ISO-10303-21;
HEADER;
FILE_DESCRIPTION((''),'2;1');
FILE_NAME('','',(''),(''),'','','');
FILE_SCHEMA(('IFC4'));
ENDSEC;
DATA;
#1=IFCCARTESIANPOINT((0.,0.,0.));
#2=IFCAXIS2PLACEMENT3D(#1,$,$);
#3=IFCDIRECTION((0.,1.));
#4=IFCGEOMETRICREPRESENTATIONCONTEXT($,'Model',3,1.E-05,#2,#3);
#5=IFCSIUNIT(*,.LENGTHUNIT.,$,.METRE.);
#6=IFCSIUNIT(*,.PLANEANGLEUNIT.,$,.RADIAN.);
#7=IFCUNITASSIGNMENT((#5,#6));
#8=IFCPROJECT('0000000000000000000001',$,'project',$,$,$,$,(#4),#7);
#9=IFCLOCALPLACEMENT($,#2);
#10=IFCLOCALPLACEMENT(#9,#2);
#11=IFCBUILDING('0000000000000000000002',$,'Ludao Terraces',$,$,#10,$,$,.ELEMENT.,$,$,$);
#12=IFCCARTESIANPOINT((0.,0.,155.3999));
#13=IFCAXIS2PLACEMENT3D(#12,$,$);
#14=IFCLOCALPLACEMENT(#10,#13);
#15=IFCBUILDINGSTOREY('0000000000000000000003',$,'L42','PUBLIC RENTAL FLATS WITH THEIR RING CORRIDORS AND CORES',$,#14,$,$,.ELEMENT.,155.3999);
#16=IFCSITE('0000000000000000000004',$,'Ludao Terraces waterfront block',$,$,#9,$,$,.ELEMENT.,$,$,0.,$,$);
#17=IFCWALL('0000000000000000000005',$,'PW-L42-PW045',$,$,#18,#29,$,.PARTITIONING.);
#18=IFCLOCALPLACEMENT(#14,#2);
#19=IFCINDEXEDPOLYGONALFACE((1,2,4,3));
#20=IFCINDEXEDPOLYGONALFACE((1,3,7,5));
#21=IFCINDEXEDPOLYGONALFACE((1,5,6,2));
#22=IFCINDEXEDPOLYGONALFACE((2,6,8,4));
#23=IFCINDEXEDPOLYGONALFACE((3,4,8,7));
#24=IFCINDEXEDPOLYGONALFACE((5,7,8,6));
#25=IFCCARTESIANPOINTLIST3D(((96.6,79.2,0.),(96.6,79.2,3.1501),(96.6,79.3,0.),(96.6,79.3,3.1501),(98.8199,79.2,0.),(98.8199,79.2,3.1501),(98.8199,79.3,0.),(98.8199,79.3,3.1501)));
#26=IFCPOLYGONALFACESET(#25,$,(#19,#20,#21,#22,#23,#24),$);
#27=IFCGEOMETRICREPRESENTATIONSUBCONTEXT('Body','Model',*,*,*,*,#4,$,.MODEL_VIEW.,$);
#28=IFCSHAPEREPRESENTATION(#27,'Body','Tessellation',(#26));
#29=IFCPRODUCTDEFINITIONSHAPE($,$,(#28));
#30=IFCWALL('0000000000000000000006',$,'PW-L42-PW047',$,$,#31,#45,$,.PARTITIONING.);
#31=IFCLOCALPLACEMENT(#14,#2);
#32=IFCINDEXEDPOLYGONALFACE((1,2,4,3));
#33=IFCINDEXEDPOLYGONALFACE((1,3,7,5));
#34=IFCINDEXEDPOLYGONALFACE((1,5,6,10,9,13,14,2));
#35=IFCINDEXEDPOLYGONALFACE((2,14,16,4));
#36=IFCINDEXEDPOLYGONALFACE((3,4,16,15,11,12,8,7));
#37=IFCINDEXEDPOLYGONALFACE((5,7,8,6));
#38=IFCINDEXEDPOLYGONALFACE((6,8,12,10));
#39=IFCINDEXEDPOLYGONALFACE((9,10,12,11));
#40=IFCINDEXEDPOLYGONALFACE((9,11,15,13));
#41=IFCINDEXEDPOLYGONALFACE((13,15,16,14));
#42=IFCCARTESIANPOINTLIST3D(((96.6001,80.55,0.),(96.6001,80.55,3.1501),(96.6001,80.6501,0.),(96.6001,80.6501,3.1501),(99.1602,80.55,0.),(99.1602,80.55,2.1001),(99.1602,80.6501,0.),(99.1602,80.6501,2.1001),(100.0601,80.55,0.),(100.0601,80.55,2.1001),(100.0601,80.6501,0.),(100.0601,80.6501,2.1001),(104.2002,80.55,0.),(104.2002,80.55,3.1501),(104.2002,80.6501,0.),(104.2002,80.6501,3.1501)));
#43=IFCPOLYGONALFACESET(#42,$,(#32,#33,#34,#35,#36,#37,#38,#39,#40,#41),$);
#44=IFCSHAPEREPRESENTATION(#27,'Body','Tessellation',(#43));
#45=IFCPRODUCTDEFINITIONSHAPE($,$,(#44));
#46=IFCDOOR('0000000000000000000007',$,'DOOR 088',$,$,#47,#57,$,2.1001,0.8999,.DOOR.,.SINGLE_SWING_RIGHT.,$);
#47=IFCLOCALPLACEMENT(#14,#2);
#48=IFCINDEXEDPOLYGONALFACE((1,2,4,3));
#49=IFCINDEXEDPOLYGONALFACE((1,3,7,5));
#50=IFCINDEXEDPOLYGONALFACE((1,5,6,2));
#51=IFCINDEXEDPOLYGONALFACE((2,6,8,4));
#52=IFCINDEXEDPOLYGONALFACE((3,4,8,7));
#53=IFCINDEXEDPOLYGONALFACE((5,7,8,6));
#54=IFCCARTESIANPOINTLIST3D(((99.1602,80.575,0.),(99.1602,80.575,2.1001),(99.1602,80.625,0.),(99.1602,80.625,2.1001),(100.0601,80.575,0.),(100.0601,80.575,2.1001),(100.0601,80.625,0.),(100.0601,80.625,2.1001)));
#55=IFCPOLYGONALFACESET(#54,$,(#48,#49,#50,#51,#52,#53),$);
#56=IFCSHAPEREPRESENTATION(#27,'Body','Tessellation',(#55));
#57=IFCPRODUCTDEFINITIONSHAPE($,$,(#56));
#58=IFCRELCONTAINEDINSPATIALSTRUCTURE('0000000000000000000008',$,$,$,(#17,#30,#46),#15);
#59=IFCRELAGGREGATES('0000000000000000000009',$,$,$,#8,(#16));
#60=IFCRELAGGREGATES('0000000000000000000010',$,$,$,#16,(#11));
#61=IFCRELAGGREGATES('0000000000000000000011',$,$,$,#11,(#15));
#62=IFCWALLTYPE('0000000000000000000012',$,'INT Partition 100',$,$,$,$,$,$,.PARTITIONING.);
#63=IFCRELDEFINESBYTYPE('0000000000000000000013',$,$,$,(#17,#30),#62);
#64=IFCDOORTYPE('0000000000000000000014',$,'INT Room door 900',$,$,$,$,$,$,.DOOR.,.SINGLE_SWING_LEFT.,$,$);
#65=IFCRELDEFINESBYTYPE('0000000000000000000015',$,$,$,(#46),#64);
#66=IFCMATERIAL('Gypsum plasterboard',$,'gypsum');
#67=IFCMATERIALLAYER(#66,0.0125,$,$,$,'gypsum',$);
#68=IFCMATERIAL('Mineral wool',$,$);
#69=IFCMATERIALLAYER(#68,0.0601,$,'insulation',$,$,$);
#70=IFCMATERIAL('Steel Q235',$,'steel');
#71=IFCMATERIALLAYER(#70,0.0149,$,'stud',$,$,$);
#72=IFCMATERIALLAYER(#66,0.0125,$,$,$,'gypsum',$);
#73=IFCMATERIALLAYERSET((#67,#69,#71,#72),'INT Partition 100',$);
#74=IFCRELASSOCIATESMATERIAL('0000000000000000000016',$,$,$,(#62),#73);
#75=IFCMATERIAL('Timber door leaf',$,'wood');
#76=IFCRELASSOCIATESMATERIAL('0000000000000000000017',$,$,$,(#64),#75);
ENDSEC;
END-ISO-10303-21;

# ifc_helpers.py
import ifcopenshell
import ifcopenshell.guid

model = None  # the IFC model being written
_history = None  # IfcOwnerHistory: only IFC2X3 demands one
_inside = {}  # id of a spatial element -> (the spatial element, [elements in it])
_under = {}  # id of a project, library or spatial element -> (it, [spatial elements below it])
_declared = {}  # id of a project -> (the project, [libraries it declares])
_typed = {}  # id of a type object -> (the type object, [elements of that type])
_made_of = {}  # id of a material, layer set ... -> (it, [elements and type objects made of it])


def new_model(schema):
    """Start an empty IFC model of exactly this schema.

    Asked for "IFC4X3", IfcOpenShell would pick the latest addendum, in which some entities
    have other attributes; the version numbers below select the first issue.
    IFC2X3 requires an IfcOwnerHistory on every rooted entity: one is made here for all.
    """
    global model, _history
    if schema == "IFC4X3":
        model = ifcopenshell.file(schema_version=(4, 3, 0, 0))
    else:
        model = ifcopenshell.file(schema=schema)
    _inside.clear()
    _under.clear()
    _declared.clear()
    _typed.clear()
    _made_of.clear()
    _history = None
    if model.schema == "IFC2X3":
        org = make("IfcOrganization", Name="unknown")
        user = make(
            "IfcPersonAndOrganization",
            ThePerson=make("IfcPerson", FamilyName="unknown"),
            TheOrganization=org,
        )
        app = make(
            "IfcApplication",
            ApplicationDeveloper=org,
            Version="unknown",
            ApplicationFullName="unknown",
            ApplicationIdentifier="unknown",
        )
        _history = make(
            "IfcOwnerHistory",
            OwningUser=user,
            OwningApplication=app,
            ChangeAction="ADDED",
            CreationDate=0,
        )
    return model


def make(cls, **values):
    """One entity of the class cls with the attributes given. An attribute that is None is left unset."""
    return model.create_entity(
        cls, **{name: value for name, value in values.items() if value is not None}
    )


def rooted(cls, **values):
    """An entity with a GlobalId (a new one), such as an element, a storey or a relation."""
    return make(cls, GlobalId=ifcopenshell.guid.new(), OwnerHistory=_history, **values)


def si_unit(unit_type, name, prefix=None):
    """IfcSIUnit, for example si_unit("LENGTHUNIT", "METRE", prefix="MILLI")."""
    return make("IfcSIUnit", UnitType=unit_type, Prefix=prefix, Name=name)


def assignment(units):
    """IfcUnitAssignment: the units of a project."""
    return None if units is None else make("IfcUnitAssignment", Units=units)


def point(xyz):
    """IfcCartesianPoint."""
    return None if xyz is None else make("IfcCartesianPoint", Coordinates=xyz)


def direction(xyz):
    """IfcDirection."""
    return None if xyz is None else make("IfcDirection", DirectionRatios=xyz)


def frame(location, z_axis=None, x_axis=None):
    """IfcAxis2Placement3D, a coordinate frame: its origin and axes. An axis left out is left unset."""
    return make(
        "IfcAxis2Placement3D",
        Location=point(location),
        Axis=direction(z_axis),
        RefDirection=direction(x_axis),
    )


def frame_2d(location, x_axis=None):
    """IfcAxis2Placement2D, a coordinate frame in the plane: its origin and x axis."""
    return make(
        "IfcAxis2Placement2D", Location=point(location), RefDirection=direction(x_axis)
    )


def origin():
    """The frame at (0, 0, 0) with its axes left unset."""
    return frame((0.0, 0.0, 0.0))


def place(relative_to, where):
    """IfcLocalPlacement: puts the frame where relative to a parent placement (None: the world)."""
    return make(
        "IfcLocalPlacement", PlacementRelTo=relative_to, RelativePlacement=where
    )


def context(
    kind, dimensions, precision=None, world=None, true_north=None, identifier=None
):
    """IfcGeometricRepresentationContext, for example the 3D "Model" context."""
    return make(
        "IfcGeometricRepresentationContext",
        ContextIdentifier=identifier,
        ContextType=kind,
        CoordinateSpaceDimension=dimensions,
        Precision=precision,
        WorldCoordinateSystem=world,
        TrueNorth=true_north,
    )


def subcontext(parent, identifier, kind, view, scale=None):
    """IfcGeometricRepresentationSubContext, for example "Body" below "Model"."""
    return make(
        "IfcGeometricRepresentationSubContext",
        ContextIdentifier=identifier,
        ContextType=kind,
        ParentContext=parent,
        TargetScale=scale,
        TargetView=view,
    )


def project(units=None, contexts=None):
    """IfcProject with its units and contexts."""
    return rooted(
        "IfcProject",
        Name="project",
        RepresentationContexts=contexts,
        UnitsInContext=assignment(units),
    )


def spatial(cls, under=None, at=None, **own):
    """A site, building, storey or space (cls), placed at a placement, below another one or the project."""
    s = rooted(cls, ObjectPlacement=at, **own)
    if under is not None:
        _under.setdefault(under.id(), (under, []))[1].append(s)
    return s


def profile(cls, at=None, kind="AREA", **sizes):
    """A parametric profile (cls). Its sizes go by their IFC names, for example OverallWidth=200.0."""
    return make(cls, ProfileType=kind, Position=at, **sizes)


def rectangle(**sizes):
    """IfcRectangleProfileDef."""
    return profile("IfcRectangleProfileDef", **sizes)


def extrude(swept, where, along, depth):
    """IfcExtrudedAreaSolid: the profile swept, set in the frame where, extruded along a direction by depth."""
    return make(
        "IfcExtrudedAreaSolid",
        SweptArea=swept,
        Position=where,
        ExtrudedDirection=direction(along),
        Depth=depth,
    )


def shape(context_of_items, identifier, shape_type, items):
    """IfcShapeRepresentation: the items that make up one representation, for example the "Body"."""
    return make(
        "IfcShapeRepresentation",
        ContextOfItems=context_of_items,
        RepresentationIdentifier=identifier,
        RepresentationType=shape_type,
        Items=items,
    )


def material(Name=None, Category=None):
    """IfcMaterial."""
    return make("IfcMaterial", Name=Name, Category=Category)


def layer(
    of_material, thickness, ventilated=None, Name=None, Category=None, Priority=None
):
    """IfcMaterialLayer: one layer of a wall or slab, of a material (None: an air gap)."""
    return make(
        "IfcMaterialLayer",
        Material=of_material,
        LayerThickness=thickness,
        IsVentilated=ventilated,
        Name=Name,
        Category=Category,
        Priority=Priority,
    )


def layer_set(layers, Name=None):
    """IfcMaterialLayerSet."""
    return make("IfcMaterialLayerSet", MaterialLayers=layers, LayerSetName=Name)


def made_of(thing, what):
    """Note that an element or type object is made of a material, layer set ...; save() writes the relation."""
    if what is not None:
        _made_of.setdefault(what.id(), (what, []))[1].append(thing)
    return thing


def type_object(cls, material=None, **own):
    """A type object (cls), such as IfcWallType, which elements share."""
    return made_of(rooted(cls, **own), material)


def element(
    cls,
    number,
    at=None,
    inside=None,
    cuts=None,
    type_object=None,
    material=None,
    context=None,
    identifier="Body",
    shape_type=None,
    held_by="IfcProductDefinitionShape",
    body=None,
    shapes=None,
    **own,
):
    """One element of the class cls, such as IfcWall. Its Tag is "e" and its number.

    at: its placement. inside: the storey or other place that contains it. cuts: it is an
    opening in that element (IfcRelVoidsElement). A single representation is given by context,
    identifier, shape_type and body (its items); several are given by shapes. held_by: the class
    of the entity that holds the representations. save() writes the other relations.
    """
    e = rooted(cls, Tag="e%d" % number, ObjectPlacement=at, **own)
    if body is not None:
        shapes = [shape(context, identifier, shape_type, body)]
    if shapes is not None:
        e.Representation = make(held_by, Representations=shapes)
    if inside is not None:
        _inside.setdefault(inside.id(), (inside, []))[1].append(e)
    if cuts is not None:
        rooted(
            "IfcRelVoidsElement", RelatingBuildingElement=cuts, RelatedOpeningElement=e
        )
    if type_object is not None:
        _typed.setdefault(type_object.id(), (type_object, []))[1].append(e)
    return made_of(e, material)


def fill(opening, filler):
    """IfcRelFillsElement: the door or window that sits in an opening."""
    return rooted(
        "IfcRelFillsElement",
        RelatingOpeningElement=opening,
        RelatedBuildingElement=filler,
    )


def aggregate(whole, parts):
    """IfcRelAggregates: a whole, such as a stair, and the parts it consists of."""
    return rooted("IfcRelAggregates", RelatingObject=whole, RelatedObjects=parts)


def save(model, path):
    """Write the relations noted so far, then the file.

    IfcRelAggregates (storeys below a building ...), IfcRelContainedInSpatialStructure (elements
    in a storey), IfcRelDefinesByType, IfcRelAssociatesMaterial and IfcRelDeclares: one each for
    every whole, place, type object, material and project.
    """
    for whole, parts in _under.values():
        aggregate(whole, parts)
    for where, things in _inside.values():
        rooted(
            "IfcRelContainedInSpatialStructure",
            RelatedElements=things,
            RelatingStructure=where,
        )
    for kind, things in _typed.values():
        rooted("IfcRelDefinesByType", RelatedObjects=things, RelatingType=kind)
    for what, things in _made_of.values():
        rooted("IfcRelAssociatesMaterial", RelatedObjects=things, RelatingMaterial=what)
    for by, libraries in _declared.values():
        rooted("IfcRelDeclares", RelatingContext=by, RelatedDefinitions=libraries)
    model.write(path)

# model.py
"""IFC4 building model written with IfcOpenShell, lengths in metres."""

from ifc_helpers import new_model, si_unit, direction, frame, frame_2d, origin, place, context, subcontext, project, spatial, rectangle, extrude, material, layer, layer_set, type_object, element, fill, save


model = new_model("IFC4")

# Units and contexts
model_context = context("Model", 3, precision=1e-05, world=origin(), true_north=direction((0.0, 1.0)))
body_context = subcontext(model_context, "Body", "Model", "MODEL_VIEW")
ifc_project = project(units=[si_unit("LENGTHUNIT", "METRE"), si_unit("PLANEANGLEUNIT", "RADIAN")], contexts=[model_context])

# Site, building, storey
site_placement = place(None, origin())
site = spatial("IfcSite", under=ifc_project, at=site_placement, Name="Ludao Terraces waterfront block", CompositionType="ELEMENT", RefElevation=0.0)
building_placement = place(site_placement, origin())
building = spatial("IfcBuilding", under=site, at=building_placement, Name="Ludao Terraces", CompositionType="ELEMENT")
storey_placement = place(building_placement, frame((0.0, 0.0, 155.3999)))
storey = spatial("IfcBuildingStorey", under=building, at=storey_placement, Name="L42", Description="PUBLIC RENTAL FLATS WITH THEIR RING CORRIDORS AND CORES", CompositionType="ELEMENT", Elevation=155.3999)

# Shared definitions
ifc_material_1 = material(Name="Steel Q235", Category="steel")

# Shared definitions
ifc_material_2 = material(Name="Mineral wool")

# Wall
ifc_material_3 = material(Name="Gypsum plasterboard", Category="gypsum")
ifc_layer_1 = layer(ifc_material_3, 0.0125, Category="gypsum")
ifc_layer_2 = layer(ifc_material_2, 0.0601, Name="insulation")
ifc_layer_3 = layer(ifc_material_1, 0.0149, Name="stud")
ifc_layer_4 = layer(ifc_material_3, 0.0125, Category="gypsum")
ifc_layer_set_1 = layer_set([ifc_layer_1, ifc_layer_2, ifc_layer_3, ifc_layer_4], Name="INT Partition 100")
wall_type_1 = type_object("IfcWallType", Name="INT Partition 100", PredefinedType="PARTITIONING", material=ifc_layer_set_1)
for number, where, z_axis, x_axis, name in (
    (1, (96.6001, 79.25, 0.0), (0.0, 0.0, 1.0), (1.0, 0.0, 0.0), "PW-L42-PW045"),
):
    element("IfcWall", number, at=place(storey_placement, frame(where, z_axis=z_axis, x_axis=x_axis)), inside=storey, type_object=wall_type_1, Name=name, PredefinedType="PARTITIONING", context=body_context, shape_type="SweptSolid", body=[
        extrude(rectangle(XDim=2.22, YDim=0.1001, at=frame_2d((1.1099, 0.0))), origin(), (0.0, 0.0, 1.0), 3.1501),
    ])

# Wall, opening, door
wall_1_placement = place(storey_placement, frame((96.6001, 80.6001, 0.0), z_axis=(0.0, 0.0, 1.0), x_axis=(1.0, 0.0, 0.0)))
wall_1 = element("IfcWall", 2, at=wall_1_placement, inside=storey, type_object=wall_type_1, Name="PW-L42-PW047", PredefinedType="PARTITIONING", context=body_context, shape_type="SweptSolid", body=[
    extrude(rectangle(XDim=7.6001, YDim=0.1001, at=frame_2d((3.8, 0.0))), origin(), (0.0, 0.0, 1.0), 3.1501),
])
opening_1_placement = place(wall_1_placement, frame((2.5601, 0.0, 0.0)))
opening_1 = element("IfcOpeningElement", 3, at=opening_1_placement, cuts=wall_1, PredefinedType="OPENING", context=body_context, shape_type="SweptSolid", body=[
    extrude(rectangle(XDim=0.8999, YDim=2.1001, at=frame_2d((0.45, 1.05))), frame((0.0, 0.0601, 0.0), z_axis=(0.0, -1.0, 0.0), x_axis=(1.0, 0.0, 0.0)), (0.0, 0.0, 1.0), 0.1201),
])
ifc_material_4 = material(Name="Timber door leaf", Category="wood")
door_type_1 = type_object("IfcDoorType", Name="INT Room door 900", OperationType="SINGLE_SWING_LEFT", PredefinedType="DOOR", material=ifc_material_4)
door_1_placement = place(opening_1_placement, origin())
door_1 = element("IfcDoor", 4, at=door_1_placement, inside=storey, type_object=door_type_1, Name="DOOR 088", OperationType="SINGLE_SWING_RIGHT", OverallHeight=2.1001, OverallWidth=0.8999, PredefinedType="DOOR", context=body_context, shape_type="SweptSolid", body=[
    extrude(rectangle(XDim=0.8999, YDim=2.1001, at=frame_2d((0.45, 1.05))), frame((0.0, 0.0249, 0.0), z_axis=(0.0, -1.0, 0.0), x_axis=(1.0, 0.0, 0.0)), (0.0, 0.0, 1.0), 0.05),
])
fill(opening_1, door_1)

save(model, "model.ifc")
